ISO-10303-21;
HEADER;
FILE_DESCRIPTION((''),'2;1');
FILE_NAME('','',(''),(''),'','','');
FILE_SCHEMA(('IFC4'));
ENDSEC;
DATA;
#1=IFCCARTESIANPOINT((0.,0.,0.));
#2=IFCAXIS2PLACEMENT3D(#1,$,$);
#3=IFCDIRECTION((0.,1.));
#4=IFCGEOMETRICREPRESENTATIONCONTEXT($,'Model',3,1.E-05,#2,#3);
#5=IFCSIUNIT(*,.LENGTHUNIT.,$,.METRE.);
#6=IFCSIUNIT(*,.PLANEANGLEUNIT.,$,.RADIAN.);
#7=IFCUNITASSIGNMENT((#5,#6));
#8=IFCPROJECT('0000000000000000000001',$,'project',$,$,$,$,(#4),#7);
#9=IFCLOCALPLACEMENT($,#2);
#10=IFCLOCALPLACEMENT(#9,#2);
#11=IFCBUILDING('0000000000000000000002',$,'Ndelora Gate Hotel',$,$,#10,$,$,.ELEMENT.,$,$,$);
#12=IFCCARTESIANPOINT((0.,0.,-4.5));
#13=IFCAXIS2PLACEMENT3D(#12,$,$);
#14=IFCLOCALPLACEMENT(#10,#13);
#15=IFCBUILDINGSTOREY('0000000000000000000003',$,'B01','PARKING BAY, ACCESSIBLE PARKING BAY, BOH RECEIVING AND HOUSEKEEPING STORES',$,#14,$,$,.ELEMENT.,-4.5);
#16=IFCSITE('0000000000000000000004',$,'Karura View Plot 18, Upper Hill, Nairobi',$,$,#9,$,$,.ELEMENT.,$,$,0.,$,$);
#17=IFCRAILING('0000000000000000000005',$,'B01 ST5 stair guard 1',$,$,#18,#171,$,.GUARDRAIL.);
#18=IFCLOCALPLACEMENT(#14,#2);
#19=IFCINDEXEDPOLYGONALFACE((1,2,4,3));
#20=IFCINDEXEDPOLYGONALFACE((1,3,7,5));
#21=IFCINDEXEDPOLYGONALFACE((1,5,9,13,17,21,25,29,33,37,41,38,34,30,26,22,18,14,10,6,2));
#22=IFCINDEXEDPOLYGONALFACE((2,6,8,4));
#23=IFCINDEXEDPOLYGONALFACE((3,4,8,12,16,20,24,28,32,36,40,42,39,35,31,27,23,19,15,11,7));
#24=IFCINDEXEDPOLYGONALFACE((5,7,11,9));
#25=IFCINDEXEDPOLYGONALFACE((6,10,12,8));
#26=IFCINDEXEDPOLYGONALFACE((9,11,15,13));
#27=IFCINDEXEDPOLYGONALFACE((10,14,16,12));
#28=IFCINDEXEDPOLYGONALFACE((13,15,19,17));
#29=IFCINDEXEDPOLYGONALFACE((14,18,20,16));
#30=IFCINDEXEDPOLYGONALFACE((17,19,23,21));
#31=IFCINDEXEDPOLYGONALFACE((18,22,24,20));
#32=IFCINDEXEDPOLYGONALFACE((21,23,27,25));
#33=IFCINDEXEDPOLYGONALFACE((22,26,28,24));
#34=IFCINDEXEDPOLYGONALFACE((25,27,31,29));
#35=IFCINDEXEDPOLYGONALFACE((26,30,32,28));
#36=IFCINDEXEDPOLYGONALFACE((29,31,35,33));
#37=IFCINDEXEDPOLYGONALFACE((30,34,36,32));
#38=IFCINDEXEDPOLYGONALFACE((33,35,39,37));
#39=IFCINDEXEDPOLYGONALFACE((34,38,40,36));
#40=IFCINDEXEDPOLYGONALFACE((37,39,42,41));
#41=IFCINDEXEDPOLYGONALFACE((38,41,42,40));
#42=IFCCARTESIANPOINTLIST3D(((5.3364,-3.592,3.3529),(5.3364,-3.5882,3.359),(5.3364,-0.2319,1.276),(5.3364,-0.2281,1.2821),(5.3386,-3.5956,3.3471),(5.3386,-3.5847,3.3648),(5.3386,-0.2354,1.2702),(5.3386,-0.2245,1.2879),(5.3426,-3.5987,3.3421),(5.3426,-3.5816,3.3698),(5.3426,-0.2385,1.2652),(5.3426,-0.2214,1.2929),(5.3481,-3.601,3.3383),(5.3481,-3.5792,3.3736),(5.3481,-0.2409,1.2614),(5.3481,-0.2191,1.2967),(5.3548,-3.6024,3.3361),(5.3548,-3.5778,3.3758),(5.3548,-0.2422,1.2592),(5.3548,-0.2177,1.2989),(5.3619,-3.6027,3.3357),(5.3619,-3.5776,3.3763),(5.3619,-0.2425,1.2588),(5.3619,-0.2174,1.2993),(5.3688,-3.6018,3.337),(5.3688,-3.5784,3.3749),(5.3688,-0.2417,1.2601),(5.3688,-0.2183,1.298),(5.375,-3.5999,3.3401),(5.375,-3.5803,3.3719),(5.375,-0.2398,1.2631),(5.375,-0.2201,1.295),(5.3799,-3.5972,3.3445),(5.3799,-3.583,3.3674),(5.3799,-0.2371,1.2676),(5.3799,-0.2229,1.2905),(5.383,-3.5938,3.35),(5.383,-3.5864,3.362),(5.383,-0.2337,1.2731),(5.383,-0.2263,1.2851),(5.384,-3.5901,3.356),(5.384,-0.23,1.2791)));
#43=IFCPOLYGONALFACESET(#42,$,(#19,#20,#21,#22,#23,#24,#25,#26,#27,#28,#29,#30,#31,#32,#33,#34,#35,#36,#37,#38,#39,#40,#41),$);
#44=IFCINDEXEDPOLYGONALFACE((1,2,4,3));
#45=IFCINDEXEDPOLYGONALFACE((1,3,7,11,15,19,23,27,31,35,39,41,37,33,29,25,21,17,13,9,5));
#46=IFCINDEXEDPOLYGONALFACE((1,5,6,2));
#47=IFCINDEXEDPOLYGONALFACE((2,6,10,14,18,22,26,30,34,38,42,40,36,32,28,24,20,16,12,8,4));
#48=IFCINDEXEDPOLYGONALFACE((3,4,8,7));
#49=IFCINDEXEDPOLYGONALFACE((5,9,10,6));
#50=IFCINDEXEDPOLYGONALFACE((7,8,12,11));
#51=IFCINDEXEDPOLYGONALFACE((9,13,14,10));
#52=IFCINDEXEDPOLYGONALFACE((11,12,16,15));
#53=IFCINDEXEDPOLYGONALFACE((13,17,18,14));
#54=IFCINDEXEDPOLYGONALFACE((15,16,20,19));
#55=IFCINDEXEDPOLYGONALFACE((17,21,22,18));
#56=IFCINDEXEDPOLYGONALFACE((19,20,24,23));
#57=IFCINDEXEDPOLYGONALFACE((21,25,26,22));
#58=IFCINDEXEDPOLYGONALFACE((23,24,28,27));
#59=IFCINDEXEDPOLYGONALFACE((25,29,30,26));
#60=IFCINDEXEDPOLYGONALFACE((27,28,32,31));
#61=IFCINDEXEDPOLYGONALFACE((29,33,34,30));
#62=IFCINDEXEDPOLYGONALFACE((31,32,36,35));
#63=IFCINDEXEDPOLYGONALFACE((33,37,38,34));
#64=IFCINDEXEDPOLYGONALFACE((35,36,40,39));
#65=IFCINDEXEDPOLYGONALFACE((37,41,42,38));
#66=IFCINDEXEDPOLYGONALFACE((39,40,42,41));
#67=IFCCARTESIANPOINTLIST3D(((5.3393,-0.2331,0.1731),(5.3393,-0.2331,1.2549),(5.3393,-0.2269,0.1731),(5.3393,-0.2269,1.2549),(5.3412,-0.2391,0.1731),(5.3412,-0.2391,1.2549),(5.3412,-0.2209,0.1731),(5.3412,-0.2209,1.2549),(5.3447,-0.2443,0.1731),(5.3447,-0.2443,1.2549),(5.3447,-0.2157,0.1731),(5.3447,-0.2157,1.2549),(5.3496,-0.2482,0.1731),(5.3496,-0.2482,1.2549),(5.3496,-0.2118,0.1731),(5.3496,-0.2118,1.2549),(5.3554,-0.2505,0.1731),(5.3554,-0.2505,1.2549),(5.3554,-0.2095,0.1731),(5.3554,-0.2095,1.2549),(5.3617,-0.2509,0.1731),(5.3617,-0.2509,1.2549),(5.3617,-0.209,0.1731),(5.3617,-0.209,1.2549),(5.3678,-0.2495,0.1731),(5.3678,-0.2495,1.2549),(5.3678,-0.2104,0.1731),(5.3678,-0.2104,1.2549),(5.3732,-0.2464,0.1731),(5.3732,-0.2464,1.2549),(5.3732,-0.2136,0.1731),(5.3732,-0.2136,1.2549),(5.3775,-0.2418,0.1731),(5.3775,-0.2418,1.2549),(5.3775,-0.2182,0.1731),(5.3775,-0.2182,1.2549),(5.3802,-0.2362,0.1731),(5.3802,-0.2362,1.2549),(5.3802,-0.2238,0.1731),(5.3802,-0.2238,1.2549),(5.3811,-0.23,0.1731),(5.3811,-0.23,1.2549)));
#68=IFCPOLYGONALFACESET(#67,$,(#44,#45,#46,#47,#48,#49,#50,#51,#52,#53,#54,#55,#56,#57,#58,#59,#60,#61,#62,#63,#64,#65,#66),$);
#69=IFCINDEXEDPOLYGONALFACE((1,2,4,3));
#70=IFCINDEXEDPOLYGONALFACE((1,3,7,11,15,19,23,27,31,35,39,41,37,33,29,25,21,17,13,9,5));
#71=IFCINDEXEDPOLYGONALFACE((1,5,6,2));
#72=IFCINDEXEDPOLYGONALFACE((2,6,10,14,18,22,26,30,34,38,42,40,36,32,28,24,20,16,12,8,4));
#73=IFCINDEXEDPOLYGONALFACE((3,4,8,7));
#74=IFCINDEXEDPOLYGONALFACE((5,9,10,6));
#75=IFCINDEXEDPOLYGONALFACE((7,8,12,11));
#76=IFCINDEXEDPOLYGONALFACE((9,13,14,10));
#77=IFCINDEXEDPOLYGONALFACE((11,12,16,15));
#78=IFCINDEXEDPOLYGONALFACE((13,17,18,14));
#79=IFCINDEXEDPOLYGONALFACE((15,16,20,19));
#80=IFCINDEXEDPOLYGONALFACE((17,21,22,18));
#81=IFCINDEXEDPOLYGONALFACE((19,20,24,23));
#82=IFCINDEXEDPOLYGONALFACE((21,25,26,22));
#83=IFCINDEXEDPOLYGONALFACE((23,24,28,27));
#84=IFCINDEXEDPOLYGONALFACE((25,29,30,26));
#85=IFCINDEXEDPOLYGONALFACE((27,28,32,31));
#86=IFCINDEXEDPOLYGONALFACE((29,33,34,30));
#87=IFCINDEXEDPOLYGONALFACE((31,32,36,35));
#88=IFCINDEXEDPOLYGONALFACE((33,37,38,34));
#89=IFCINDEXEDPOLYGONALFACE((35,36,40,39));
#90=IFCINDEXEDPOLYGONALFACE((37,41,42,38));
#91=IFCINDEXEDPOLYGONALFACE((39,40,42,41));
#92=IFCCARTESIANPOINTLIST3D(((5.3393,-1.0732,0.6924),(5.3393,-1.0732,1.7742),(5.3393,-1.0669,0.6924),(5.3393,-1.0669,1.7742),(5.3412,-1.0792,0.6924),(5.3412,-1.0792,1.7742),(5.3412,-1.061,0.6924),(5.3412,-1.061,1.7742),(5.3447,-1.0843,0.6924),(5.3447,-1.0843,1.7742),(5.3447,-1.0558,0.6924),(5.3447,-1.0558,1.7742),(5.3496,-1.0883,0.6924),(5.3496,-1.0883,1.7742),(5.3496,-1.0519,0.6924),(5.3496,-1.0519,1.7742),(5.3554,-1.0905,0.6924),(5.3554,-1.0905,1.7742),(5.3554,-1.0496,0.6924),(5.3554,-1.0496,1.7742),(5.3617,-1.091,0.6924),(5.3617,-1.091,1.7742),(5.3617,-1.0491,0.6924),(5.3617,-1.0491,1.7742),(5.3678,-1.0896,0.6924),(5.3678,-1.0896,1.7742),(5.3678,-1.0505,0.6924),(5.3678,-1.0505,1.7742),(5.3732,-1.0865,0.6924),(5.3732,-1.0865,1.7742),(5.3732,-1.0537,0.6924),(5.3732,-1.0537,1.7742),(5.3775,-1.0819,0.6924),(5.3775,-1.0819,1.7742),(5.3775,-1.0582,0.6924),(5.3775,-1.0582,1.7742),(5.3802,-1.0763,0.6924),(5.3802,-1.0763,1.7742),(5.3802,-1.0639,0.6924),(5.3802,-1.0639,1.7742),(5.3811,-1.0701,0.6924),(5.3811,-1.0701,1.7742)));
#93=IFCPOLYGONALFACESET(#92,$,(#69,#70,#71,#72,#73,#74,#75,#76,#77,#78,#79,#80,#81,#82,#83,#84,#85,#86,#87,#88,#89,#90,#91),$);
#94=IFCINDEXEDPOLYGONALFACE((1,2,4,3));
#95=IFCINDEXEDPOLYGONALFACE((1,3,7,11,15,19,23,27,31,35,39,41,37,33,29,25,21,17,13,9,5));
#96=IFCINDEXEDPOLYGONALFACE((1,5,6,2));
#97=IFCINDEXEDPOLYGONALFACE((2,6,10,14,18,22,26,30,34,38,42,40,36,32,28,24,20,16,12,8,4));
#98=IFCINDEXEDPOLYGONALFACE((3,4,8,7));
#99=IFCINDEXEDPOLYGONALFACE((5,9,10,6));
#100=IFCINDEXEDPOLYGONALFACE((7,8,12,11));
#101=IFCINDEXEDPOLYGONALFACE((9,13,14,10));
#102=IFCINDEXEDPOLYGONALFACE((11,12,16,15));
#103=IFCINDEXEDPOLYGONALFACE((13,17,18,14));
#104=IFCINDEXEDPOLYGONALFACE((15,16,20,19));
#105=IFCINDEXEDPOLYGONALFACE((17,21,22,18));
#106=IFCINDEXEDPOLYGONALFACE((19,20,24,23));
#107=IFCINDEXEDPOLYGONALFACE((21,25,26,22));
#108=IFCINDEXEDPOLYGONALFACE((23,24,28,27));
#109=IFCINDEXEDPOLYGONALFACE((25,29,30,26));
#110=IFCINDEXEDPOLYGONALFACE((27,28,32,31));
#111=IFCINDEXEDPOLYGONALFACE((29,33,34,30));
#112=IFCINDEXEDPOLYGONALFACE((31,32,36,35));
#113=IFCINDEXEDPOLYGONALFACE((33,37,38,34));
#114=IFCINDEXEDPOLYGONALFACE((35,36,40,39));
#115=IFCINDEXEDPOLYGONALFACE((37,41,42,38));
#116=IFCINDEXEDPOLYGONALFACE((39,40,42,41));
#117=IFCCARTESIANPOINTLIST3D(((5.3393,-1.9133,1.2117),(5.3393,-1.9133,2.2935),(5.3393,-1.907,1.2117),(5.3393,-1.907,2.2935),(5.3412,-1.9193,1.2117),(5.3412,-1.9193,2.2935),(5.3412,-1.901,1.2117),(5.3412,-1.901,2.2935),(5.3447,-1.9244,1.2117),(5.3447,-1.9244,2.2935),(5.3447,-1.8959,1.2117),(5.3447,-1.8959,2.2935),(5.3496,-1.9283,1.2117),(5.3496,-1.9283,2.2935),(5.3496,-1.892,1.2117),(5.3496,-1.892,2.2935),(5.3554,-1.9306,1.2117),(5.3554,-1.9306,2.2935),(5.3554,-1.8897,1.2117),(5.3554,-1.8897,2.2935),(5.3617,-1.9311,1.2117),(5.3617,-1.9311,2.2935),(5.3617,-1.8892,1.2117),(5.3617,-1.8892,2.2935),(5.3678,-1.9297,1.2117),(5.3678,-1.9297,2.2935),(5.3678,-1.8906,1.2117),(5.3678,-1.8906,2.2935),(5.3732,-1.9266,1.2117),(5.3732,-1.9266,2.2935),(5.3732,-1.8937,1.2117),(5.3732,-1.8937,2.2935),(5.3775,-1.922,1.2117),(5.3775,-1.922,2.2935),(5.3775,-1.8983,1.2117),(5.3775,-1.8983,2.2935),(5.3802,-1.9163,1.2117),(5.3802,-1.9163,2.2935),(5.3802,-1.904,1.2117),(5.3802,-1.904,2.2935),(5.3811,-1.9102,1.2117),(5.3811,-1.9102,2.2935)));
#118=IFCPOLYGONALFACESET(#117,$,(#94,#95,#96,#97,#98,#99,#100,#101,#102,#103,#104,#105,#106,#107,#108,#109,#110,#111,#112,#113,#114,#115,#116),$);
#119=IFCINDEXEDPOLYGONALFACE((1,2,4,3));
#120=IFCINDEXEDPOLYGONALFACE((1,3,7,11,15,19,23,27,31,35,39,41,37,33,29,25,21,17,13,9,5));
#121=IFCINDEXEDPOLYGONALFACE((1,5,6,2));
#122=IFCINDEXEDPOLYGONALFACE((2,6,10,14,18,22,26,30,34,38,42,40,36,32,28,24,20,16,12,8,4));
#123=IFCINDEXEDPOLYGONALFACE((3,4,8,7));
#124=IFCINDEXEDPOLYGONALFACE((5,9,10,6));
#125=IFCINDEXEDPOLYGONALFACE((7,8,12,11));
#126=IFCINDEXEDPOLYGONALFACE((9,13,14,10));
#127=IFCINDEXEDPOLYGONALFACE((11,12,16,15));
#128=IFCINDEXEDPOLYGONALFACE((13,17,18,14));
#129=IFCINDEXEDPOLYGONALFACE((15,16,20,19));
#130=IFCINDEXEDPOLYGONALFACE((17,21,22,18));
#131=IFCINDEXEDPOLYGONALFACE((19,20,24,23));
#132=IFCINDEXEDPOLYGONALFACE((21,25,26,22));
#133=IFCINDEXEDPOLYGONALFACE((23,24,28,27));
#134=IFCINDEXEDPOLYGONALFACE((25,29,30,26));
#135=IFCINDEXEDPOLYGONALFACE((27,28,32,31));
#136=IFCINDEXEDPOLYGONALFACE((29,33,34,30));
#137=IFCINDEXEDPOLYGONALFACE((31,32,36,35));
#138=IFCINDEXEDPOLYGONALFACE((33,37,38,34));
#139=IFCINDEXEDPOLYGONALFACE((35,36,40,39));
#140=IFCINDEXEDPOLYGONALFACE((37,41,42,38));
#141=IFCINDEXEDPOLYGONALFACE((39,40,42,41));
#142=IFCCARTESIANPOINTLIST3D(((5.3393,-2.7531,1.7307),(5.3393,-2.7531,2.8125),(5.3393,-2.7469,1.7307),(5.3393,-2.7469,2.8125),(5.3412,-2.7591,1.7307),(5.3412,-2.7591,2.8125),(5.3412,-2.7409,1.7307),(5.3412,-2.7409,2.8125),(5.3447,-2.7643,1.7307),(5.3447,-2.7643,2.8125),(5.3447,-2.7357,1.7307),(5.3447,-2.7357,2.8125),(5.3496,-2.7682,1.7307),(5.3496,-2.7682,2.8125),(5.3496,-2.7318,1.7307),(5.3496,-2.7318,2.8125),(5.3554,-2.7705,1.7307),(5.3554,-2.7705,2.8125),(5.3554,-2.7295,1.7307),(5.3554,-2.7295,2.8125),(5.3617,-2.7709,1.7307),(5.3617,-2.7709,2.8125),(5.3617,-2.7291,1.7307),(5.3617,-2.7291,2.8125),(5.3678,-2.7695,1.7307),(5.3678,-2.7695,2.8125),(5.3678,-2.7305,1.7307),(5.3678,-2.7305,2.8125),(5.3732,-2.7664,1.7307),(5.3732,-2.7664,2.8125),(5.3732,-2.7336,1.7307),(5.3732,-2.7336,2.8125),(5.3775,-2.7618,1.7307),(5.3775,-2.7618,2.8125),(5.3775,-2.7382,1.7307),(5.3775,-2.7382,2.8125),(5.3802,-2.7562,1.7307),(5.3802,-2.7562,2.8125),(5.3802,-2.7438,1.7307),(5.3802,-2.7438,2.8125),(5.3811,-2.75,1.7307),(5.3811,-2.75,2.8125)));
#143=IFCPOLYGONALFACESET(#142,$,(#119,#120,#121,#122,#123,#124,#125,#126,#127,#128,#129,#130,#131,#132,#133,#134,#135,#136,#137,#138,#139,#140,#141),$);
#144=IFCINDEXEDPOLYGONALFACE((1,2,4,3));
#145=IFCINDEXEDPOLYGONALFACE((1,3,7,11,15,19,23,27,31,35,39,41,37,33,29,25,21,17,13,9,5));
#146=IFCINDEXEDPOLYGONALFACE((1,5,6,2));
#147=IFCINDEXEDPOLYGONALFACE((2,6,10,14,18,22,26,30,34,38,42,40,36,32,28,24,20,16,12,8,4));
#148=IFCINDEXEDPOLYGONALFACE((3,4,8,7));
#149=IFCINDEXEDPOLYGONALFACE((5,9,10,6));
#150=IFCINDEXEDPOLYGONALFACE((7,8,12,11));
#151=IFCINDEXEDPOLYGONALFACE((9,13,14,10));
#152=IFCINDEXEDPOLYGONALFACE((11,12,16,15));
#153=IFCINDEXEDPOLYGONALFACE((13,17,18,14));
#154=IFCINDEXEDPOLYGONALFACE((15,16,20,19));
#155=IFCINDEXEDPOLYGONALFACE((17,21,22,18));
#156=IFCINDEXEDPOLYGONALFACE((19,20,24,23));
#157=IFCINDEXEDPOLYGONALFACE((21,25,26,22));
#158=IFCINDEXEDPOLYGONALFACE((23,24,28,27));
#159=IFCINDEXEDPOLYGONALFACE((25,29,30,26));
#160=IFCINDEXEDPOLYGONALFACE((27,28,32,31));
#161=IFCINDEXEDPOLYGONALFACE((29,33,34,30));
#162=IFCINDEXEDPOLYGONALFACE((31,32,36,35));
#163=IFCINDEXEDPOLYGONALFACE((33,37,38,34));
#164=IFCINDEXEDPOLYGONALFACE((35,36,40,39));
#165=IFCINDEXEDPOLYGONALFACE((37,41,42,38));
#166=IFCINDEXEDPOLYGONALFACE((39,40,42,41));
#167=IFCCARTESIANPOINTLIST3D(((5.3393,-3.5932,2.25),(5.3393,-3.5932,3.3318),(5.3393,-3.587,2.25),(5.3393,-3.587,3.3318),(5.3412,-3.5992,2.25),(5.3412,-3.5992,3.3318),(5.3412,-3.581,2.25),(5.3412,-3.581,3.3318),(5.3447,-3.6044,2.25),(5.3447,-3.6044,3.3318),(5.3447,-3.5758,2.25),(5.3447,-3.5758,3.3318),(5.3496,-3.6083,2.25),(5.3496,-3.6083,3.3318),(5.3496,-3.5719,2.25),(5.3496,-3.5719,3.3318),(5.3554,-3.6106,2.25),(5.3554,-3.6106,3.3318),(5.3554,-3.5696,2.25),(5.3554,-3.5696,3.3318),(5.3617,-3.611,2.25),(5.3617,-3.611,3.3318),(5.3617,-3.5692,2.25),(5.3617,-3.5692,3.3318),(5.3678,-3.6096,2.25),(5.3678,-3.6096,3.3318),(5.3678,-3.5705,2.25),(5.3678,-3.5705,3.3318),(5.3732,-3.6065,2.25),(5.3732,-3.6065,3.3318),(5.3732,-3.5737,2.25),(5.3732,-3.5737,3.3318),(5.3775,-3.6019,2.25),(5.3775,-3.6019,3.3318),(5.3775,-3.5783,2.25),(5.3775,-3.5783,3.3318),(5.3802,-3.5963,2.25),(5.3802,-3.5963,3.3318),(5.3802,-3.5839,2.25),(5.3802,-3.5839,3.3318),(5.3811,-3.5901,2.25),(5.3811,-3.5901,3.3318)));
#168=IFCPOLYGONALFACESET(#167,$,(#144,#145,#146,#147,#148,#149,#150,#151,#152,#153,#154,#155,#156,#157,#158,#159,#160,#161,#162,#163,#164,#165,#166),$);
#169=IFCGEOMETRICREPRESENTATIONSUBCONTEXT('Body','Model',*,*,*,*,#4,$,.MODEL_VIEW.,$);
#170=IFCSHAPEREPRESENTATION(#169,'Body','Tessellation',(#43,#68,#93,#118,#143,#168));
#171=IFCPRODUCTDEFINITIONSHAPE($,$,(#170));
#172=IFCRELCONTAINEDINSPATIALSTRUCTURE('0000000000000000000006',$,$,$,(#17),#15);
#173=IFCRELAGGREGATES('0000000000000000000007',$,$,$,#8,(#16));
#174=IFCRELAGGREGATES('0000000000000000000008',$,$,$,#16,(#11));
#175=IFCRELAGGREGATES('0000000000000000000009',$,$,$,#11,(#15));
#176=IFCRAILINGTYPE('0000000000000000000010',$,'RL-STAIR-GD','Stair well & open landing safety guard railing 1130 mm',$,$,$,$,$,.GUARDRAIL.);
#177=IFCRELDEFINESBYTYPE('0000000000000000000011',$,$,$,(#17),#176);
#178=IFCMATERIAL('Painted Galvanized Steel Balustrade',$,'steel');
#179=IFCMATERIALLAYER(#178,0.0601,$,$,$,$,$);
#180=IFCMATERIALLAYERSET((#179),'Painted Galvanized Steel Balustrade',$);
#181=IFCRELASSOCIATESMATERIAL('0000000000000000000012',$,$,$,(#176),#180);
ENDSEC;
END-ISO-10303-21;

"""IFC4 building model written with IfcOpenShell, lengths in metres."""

from ifc_helpers import new_model, si_unit, direction, frame, origin, origin_2d, place, context, subcontext, project, spatial, circle, extrude, material, layer, layer_set, type_object, element, save


model = new_model("IFC4")

# Units and contexts
model_context = context("Model", 3, precision=1e-05, world=origin(), true_north=direction((0.0, 1.0)))
body_context = subcontext(model_context, "Body", "Model", "MODEL_VIEW")
ifc_project = project(units=[si_unit("LENGTHUNIT", "METRE"), si_unit("PLANEANGLEUNIT", "RADIAN")], contexts=[model_context])

# Site, building, storey
site_placement = place(None, origin())
site = spatial("IfcSite", under=ifc_project, at=site_placement, Name="Karura View Plot 18, Upper Hill, Nairobi", CompositionType="ELEMENT", RefElevation=0.0)
building_placement = place(site_placement, origin())
building = spatial("IfcBuilding", under=site, at=building_placement, Name="Ndelora Gate Hotel", CompositionType="ELEMENT")
storey_placement = place(building_placement, frame((0.0, 0.0, -4.5)))
storey = spatial("IfcBuildingStorey", under=building, at=storey_placement, Name="B01", Description="PARKING BAY, ACCESSIBLE PARKING BAY, BOH RECEIVING AND HOUSEKEEPING STORES", CompositionType="ELEMENT", Elevation=-4.5)

# Railing
ifc_material_1 = material(Name="Painted Galvanized Steel Balustrade", Category="steel")
ifc_layer_1 = layer(ifc_material_1, 0.0601)
ifc_layer_set_1 = layer_set([ifc_layer_1], Name="Painted Galvanized Steel Balustrade")
railing_type_1 = type_object("IfcRailingType", Name="RL-STAIR-GD", Description="Stair well & open landing safety guard railing 1130 mm", PredefinedType="GUARDRAIL", material=ifc_layer_set_1)
railing_1_placement = place(storey_placement, frame((5.3601, -0.23, 0.1731)))
element("IfcRailing", 1, at=railing_1_placement, inside=storey, type_object=railing_type_1, Name="B01 ST5 stair guard 1", PredefinedType="GUARDRAIL", context=body_context, shape_type="SweptSolid", body=[
    extrude(circle(Radius=0.0239, at=origin_2d()), frame((0.0, 0.0, 1.106), z_axis=(0.0, -0.850623, 0.525776), x_axis=(1.0, 0.0, 0.0)), (0.0, 0.0, 1.0), 3.9502),
    extrude(circle(Radius=0.021, at=origin_2d()), origin(), (0.0, 0.0, 1.0), 1.0818),
    extrude(circle(Radius=0.021, at=origin_2d()), frame((0.0, -0.8401, 0.5193)), (0.0, 0.0, 1.0), 1.0818),
    extrude(circle(Radius=0.021, at=origin_2d()), frame((0.0, -1.6802, 1.0386)), (0.0, 0.0, 1.0), 1.0818),
    extrude(circle(Radius=0.021, at=origin_2d()), frame((0.0, -2.52, 1.5576)), (0.0, 0.0, 1.0), 1.0818),
    extrude(circle(Radius=0.021, at=origin_2d()), frame((0.0, -3.3601, 2.0769)), (0.0, 0.0, 1.0), 1.0818),
])

save(model, "model.ifc")
